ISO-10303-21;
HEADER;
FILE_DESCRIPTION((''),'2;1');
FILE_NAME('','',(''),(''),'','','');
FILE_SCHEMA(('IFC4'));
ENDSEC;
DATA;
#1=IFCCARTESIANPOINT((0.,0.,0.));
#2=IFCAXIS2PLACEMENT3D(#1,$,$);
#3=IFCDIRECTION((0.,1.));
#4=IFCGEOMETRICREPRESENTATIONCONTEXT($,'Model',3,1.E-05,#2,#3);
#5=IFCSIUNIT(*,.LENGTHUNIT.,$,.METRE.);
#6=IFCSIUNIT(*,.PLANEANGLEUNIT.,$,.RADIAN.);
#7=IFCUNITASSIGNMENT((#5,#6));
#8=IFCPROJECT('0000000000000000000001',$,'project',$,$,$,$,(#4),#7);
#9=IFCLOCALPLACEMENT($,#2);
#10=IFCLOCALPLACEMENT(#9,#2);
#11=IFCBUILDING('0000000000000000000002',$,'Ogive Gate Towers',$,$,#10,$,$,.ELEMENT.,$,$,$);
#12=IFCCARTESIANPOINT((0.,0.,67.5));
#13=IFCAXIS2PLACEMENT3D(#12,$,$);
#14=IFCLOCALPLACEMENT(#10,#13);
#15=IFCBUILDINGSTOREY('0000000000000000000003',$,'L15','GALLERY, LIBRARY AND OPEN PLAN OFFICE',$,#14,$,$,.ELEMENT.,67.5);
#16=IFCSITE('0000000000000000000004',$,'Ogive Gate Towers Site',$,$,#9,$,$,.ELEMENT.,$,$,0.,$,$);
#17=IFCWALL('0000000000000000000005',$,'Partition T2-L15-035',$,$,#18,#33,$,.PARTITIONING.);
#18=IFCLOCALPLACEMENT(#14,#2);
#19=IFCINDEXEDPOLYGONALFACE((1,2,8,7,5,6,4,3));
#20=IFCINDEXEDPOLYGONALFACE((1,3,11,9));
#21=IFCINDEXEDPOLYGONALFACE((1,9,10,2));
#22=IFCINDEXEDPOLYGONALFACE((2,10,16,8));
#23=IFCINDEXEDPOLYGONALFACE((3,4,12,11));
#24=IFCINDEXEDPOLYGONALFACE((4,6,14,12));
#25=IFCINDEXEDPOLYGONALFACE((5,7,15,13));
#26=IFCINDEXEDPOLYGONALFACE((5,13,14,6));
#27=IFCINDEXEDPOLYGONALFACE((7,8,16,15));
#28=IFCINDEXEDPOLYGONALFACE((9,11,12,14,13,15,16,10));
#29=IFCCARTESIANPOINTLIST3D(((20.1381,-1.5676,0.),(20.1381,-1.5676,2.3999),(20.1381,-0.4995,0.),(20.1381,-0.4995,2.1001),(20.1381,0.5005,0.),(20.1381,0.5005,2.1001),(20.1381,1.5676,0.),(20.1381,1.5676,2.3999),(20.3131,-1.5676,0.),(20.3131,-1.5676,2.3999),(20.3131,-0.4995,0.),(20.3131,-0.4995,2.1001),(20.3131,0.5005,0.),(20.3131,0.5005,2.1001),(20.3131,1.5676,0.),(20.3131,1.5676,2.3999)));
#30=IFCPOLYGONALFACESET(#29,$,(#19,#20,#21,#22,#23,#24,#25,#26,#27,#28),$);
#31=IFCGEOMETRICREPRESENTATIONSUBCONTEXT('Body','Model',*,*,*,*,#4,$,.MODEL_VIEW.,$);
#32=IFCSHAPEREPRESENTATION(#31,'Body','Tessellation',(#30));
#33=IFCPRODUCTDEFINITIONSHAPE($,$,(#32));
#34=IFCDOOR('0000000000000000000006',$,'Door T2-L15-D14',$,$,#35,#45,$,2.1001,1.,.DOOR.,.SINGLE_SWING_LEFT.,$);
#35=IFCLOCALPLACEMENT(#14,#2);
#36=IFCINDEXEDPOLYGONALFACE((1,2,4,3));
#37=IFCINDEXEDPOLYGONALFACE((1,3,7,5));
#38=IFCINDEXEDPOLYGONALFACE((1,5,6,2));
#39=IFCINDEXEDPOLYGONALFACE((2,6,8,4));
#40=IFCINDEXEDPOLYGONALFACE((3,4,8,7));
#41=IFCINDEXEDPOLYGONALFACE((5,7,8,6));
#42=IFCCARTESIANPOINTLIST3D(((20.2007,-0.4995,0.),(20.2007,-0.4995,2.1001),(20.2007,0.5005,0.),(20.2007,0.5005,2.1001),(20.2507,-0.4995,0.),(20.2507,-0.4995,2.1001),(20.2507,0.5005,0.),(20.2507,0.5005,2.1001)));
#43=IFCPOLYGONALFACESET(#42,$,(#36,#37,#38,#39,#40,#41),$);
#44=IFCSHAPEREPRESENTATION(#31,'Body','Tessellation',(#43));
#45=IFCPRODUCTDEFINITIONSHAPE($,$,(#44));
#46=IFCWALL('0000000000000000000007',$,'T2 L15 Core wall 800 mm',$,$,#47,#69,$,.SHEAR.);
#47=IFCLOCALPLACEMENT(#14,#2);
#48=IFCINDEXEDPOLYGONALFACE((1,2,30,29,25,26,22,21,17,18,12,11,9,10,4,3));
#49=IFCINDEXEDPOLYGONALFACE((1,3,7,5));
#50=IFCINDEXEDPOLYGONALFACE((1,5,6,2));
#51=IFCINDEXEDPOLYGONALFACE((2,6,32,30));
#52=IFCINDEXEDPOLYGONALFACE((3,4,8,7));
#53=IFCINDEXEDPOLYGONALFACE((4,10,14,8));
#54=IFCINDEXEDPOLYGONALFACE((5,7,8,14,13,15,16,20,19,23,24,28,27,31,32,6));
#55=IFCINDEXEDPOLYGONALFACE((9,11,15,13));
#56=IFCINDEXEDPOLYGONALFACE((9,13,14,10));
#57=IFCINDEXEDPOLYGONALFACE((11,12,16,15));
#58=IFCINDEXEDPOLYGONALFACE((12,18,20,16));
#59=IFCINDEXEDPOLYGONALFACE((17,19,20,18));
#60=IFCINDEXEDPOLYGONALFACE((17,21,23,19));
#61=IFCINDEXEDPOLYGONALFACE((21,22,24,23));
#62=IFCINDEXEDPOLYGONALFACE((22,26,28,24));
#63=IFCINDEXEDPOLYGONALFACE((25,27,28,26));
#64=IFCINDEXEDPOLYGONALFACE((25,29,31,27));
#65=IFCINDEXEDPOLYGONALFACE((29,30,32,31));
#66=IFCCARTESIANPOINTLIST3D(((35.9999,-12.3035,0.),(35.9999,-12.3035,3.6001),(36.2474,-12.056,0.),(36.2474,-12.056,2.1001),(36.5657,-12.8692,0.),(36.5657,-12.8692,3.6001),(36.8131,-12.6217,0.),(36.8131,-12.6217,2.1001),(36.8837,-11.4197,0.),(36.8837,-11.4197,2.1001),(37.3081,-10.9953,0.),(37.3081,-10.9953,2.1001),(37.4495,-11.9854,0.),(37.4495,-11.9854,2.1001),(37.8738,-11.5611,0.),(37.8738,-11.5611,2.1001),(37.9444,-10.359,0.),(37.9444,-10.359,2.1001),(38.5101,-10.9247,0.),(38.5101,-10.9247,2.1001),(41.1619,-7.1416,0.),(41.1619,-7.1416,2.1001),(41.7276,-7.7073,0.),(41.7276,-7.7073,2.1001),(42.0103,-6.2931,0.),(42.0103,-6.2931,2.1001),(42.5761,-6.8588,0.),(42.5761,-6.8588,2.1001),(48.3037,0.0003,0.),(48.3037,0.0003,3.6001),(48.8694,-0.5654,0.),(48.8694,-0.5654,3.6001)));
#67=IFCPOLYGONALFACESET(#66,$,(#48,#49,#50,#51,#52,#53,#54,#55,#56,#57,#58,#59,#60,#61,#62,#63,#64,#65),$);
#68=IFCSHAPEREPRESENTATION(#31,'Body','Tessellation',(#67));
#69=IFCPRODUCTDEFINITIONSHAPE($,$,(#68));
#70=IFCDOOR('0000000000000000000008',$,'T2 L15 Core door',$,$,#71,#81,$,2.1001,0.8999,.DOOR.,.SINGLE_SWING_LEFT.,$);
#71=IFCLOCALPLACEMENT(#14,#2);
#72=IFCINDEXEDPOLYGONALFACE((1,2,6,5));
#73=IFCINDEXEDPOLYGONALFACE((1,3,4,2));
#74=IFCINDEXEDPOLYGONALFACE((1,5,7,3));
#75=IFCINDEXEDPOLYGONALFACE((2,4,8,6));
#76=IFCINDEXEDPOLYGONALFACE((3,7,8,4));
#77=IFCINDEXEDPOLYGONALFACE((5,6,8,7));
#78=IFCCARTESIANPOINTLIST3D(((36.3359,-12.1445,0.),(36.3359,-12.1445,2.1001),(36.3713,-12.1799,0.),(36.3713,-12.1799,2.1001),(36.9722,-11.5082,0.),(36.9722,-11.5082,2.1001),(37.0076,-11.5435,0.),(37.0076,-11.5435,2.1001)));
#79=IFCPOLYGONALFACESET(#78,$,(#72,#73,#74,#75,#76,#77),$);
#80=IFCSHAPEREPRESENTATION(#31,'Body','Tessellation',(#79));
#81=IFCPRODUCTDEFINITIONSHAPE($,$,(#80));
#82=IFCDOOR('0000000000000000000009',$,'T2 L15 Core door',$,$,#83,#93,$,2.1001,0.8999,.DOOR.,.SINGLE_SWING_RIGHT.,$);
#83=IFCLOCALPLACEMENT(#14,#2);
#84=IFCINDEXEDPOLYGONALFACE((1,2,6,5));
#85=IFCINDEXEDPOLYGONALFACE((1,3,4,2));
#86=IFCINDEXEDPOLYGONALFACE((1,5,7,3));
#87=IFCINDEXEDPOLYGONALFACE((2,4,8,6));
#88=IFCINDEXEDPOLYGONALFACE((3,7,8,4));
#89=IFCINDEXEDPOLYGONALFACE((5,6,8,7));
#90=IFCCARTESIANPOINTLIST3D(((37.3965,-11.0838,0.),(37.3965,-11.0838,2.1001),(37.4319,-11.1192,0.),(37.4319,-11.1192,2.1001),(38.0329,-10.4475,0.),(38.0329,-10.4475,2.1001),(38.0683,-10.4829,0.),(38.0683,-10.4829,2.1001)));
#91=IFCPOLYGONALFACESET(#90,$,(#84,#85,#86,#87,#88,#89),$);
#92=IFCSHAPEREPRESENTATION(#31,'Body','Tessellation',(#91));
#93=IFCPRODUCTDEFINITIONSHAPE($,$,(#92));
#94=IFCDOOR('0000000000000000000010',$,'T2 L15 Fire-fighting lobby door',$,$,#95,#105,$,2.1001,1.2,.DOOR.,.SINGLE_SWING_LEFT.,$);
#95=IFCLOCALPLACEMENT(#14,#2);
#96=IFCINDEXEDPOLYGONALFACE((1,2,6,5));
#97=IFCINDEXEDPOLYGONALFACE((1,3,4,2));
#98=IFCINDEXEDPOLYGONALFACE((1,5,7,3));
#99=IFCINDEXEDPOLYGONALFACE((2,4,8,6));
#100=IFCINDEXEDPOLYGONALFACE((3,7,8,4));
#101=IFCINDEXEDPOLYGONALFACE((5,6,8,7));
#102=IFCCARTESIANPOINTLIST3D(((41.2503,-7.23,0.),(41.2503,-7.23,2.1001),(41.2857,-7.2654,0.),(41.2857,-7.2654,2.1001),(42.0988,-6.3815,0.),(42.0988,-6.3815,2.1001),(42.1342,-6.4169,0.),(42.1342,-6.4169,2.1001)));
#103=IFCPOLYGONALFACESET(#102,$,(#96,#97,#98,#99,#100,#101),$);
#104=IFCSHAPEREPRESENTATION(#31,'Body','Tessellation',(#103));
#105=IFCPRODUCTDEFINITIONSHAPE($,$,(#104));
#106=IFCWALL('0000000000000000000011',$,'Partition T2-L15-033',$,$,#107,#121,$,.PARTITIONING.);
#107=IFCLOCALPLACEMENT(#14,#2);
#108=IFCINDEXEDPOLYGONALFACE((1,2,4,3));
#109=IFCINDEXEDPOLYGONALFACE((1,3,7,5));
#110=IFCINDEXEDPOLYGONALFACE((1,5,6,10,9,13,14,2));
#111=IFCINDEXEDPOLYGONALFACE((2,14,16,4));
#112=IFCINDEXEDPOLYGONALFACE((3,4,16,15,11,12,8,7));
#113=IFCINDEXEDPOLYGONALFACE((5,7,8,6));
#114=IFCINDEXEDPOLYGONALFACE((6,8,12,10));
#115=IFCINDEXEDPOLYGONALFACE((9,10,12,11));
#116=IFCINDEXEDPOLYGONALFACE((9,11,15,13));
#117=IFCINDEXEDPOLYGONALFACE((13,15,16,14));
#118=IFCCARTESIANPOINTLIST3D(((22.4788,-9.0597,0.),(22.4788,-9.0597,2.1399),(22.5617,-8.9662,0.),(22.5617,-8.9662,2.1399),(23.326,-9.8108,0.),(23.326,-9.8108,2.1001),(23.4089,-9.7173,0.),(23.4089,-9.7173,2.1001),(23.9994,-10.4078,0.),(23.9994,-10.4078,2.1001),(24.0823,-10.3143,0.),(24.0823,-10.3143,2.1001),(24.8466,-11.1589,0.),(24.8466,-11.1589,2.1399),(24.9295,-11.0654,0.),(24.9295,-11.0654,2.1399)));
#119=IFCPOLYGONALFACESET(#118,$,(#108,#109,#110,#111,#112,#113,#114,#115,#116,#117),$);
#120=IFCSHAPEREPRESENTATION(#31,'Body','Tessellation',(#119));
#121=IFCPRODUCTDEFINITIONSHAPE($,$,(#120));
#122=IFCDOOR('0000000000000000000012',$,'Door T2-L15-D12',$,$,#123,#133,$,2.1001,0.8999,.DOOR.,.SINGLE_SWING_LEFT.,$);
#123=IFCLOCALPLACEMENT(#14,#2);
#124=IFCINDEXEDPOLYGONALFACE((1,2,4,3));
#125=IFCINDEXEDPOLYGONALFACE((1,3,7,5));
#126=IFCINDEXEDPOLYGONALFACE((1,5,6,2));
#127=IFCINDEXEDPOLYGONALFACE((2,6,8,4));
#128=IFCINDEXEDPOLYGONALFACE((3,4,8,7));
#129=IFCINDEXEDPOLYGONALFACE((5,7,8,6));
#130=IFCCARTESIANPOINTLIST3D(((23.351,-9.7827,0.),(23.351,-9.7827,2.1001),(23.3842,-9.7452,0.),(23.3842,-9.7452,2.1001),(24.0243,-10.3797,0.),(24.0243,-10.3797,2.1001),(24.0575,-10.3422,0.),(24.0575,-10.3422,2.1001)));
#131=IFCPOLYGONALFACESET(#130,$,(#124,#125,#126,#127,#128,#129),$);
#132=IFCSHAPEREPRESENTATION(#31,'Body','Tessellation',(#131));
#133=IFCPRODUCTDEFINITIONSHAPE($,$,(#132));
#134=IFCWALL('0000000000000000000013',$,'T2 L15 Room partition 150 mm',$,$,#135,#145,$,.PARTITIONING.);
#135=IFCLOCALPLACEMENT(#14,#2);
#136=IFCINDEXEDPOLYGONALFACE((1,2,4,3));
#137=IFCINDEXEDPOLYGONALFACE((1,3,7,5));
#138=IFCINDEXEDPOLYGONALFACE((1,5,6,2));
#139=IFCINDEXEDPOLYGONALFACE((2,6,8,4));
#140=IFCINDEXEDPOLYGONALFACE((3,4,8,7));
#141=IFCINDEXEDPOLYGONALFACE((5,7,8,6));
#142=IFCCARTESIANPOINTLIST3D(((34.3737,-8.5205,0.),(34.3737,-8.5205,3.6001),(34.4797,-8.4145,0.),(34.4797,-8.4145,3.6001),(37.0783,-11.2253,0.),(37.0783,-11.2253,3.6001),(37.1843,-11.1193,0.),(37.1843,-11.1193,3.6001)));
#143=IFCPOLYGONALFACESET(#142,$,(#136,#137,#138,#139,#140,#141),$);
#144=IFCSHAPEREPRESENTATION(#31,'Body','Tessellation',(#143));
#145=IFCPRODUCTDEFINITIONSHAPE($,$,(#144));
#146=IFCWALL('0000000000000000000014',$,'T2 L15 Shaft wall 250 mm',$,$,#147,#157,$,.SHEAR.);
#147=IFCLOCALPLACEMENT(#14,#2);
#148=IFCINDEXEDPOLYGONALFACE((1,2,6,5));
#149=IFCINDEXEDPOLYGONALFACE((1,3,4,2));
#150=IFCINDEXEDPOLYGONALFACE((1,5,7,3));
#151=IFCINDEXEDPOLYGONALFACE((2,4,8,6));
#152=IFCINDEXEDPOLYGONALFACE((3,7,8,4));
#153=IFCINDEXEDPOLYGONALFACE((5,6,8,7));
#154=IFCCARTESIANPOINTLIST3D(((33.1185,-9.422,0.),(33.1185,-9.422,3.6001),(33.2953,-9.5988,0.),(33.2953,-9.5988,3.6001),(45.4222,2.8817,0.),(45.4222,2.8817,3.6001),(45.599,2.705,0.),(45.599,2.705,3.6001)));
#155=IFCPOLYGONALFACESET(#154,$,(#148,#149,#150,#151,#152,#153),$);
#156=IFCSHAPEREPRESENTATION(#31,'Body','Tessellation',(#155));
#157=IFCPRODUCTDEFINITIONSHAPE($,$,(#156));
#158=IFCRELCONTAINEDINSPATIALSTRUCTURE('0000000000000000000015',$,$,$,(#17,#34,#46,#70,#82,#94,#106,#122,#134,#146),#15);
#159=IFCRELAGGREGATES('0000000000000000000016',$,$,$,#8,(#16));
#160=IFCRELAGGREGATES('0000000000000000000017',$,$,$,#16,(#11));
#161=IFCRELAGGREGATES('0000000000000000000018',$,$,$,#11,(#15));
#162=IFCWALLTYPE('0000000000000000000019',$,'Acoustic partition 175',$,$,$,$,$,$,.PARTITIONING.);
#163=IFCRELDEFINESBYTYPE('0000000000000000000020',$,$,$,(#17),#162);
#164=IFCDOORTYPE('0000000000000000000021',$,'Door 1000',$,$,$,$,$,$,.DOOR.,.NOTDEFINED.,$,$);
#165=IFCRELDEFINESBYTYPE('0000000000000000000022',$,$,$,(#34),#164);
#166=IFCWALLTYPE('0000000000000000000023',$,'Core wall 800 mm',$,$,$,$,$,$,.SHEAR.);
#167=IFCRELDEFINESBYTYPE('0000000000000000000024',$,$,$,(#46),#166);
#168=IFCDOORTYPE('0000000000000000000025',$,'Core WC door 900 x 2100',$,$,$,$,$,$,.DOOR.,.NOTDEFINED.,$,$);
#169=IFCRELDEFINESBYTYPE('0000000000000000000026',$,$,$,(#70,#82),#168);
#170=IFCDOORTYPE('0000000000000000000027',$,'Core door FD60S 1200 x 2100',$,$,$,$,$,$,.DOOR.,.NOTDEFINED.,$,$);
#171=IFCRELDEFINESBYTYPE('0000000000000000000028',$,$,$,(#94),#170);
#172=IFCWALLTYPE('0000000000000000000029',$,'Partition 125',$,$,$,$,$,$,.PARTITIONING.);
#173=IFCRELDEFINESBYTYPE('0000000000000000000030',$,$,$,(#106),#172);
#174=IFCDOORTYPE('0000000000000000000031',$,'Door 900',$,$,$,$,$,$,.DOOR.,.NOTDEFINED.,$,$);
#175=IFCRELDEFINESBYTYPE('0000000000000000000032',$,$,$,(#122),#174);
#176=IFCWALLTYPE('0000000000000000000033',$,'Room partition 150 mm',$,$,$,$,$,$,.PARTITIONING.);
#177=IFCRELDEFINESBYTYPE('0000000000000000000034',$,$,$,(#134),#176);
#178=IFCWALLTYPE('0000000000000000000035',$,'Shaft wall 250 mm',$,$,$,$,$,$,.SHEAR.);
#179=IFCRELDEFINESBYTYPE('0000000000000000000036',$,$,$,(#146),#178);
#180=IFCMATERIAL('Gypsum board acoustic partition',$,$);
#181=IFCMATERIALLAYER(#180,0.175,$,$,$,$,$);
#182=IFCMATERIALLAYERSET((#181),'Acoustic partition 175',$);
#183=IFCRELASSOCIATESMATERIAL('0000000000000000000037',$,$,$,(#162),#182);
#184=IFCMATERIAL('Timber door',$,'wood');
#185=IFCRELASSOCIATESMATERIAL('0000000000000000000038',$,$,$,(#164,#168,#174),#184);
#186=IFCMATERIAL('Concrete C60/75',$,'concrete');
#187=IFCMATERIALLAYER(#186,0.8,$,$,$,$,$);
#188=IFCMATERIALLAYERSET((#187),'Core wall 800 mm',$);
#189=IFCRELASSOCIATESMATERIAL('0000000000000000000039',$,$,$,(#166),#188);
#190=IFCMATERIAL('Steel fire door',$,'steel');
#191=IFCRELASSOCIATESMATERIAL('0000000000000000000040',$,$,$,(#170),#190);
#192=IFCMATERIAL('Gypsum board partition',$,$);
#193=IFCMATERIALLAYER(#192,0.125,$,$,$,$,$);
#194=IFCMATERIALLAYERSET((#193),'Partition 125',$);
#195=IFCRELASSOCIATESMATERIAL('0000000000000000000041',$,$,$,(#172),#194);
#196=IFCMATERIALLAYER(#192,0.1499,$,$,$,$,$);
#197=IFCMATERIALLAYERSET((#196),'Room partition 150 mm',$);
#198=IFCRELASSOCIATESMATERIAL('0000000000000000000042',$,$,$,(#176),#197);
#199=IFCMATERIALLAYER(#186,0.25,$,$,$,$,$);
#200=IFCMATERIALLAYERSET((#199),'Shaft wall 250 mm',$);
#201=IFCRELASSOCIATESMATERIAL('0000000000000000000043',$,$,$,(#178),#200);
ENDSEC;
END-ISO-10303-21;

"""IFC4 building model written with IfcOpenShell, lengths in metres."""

from ifc_helpers import new_model, si_unit, direction, frame, frame_2d, origin, place, context, subcontext, project, spatial, rectangle, extrude, material, layer, layer_set, type_object, element, fill, save


model = new_model("IFC4")

# Units and contexts
model_context = context("Model", 3, precision=1e-05, world=origin(), true_north=direction((0.0, 1.0)))
body_context = subcontext(model_context, "Body", "Model", "MODEL_VIEW")
ifc_project = project(units=[si_unit("LENGTHUNIT", "METRE"), si_unit("PLANEANGLEUNIT", "RADIAN")], contexts=[model_context])

# Site, building, storey
site_placement = place(None, origin())
site = spatial("IfcSite", under=ifc_project, at=site_placement, Name="Ogive Gate Towers Site", CompositionType="ELEMENT", RefElevation=0.0)
building_placement = place(site_placement, origin())
building = spatial("IfcBuilding", under=site, at=building_placement, Name="Ogive Gate Towers", CompositionType="ELEMENT")
storey_placement = place(building_placement, frame((0.0, 0.0, 67.5)))
storey = spatial("IfcBuildingStorey", under=building, at=storey_placement, Name="L15", Description="GALLERY, LIBRARY AND OPEN PLAN OFFICE", CompositionType="ELEMENT", Elevation=67.5)

# Wall, opening, door
ifc_material_1 = material(Name="Gypsum board acoustic partition")
ifc_layer_1 = layer(ifc_material_1, 0.175)
ifc_layer_set_1 = layer_set([ifc_layer_1], Name="Acoustic partition 175")
wall_type_1 = type_object("IfcWallType", Name="Acoustic partition 175", PredefinedType="PARTITIONING", material=ifc_layer_set_1)
ifc_material_2 = material(Name="Timber door", Category="wood")
wall_1_placement = place(storey_placement, frame((20.2256, -1.5676, 0.0), z_axis=(0.0, 0.0, 1.0), x_axis=(0.0, 1.0, 0.0)))
wall_1 = element("IfcWall", 1, at=wall_1_placement, inside=storey, type_object=wall_type_1, Name="Partition T2-L15-035", PredefinedType="PARTITIONING", context=body_context, shape_type="SweptSolid", body=[
    extrude(rectangle(XDim=3.1353, YDim=0.175, at=frame_2d((1.5676, 0.0))), origin(), (0.0, 0.0, 1.0), 2.3999),
])
opening_1_placement = place(wall_1_placement, frame((1.0681, 0.0, 0.0)))
opening_1 = element("IfcOpeningElement", 2, at=opening_1_placement, cuts=wall_1, PredefinedType="OPENING", context=body_context, shape_type="SweptSolid", body=[
    extrude(rectangle(XDim=1.0, YDim=2.1001, at=frame_2d((0.5, 1.05))), frame((0.0, 0.0977, 0.0), z_axis=(0.0, -1.0, 0.0), x_axis=(1.0, 0.0, 0.0)), (0.0, 0.0, 1.0), 0.1951),
])
door_type_1 = type_object("IfcDoorType", Name="Door 1000", OperationType="NOTDEFINED", PredefinedType="DOOR", material=ifc_material_2)
door_1_placement = place(opening_1_placement, origin())
door_1 = element("IfcDoor", 3, at=door_1_placement, inside=storey, type_object=door_type_1, Name="Door T2-L15-D14", OperationType="SINGLE_SWING_LEFT", OverallHeight=2.1001, OverallWidth=1.0, PredefinedType="DOOR", context=body_context, shape_type="SweptSolid", body=[
    extrude(rectangle(XDim=1.0, YDim=2.1001, at=frame_2d((0.5, 1.05))), frame((0.0, 0.0249, 0.0), z_axis=(0.0, -1.0, 0.0), x_axis=(1.0, 0.0, 0.0)), (0.0, 0.0, 1.0), 0.05),
])
fill(opening_1, door_1)

# Wall, openings, doors
ifc_material_3 = material(Name="Concrete C60/75", Category="concrete")
ifc_layer_2 = layer(ifc_material_3, 0.8)
ifc_layer_set_2 = layer_set([ifc_layer_2], Name="Core wall 800 mm")
wall_type_2 = type_object("IfcWallType", Name="Core wall 800 mm", PredefinedType="SHEAR", material=ifc_layer_set_2)
wall_2_placement = place(storey_placement, frame((36.2827, -12.5864, 0.0), z_axis=(0.0, 0.0, 1.0), x_axis=(0.707107, 0.707107, 0.0)))
wall_2 = element("IfcWall", 4, at=wall_2_placement, inside=storey, type_object=wall_type_2, Name="T2 L15 Core wall 800 mm", PredefinedType="SHEAR", context=body_context, shape_type="SweptSolid", body=[
    extrude(rectangle(XDim=17.4001, YDim=0.8, at=frame_2d((8.7002, 0.0))), origin(), (0.0, 0.0, 1.0), 3.6001),
])
opening_2_placement = place(wall_2_placement, frame((7.3, 0.0, 0.0)))
opening_2 = element("IfcOpeningElement", 5, at=opening_2_placement, cuts=wall_2, PredefinedType="OPENING", context=body_context, shape_type="SweptSolid", body=[
    extrude(rectangle(XDim=1.2, YDim=2.1001, at=frame_2d((0.6001, 1.05))), frame((0.0, 0.4102, 0.0), z_axis=(0.0, -1.0, 0.0), x_axis=(1.0, 0.0, 0.0)), (0.0, 0.0, 1.0), 0.8201),
])
opening_3_placement = place(wall_2_placement, frame((0.3501, 0.0, 0.0)))
opening_3 = element("IfcOpeningElement", 6, at=opening_3_placement, cuts=wall_2, PredefinedType="OPENING", context=body_context, shape_type="SweptSolid", body=[
    extrude(rectangle(XDim=0.8999, YDim=2.1001, at=frame_2d((0.45, 1.05))), frame((0.0, 0.4102, 0.0), z_axis=(0.0, -1.0, 0.0), x_axis=(1.0, 0.0, 0.0)), (0.0, 0.0, 1.0), 0.8201),
])
opening_4_placement = place(wall_2_placement, frame((1.8501, 0.0, 0.0)))
opening_4 = element("IfcOpeningElement", 7, at=opening_4_placement, cuts=wall_2, PredefinedType="OPENING", context=body_context, shape_type="SweptSolid", body=[
    extrude(rectangle(XDim=0.8999, YDim=2.1001, at=frame_2d((0.45, 1.05))), frame((0.0, 0.4102, 0.0), z_axis=(0.0, -1.0, 0.0), x_axis=(1.0, 0.0, 0.0)), (0.0, 0.0, 1.0), 0.8201),
])
door_type_2 = type_object("IfcDoorType", Name="Core WC door 900 x 2100", OperationType="NOTDEFINED", PredefinedType="DOOR", material=ifc_material_2)
door_2_placement = place(opening_3_placement, origin())
door_2 = element("IfcDoor", 8, at=door_2_placement, inside=storey, type_object=door_type_2, Name="T2 L15 Core door", OperationType="SINGLE_SWING_LEFT", OverallHeight=2.1001, OverallWidth=0.8999, PredefinedType="DOOR", context=body_context, shape_type="SweptSolid", body=[
    extrude(rectangle(XDim=0.8999, YDim=2.1001, at=frame_2d((0.45, 1.05))), frame((0.0, 0.2749, 0.0), z_axis=(0.0, -1.0, 0.0), x_axis=(1.0, 0.0, 0.0)), (0.0, 0.0, 1.0), 0.05),
])
fill(opening_3, door_2)
door_3_placement = place(opening_4_placement, origin())
door_3 = element("IfcDoor", 9, at=door_3_placement, inside=storey, type_object=door_type_2, Name="T2 L15 Core door", OperationType="SINGLE_SWING_RIGHT", OverallHeight=2.1001, OverallWidth=0.8999, PredefinedType="DOOR", context=body_context, shape_type="SweptSolid", body=[
    extrude(rectangle(XDim=0.8999, YDim=2.1001, at=frame_2d((0.45, 1.05))), frame((0.0, 0.2749, 0.0), z_axis=(0.0, -1.0, 0.0), x_axis=(1.0, 0.0, 0.0)), (0.0, 0.0, 1.0), 0.05),
])
fill(opening_4, door_3)
ifc_material_4 = material(Name="Steel fire door", Category="steel")
door_type_3 = type_object("IfcDoorType", Name="Core door FD60S 1200 x 2100", OperationType="NOTDEFINED", PredefinedType="DOOR", material=ifc_material_4)
door_4_placement = place(opening_2_placement, origin())
door_4 = element("IfcDoor", 10, at=door_4_placement, inside=storey, type_object=door_type_3, Name="T2 L15 Fire-fighting lobby door", OperationType="SINGLE_SWING_LEFT", OverallHeight=2.1001, OverallWidth=1.2, PredefinedType="DOOR", context=body_context, shape_type="SweptSolid", body=[
    extrude(rectangle(XDim=1.2, YDim=2.1001, at=frame_2d((0.6001, 1.05))), frame((0.0, 0.2749, 0.0), z_axis=(0.0, -1.0, 0.0), x_axis=(1.0, 0.0, 0.0)), (0.0, 0.0, 1.0), 0.05),
])
fill(opening_2, door_4)

# Wall, opening, door
ifc_material_5 = material(Name="Gypsum board partition")
ifc_layer_3 = layer(ifc_material_5, 0.125)
ifc_layer_set_3 = layer_set([ifc_layer_3], Name="Partition 125")
wall_type_3 = type_object("IfcWallType", Name="Partition 125", PredefinedType="PARTITIONING", material=ifc_layer_set_3)
wall_3_placement = place(storey_placement, frame((24.8879, -11.1121, 0.0), z_axis=(0.0, 0.0, 1.0), x_axis=(-0.748269, 0.663396, 0.0)))
wall_3 = element("IfcWall", 11, at=wall_3_placement, inside=storey, type_object=wall_type_3, Name="Partition T2-L15-033", PredefinedType="PARTITIONING", context=body_context, shape_type="SweptSolid", body=[
    extrude(rectangle(XDim=3.1643, YDim=0.125, at=frame_2d((1.582, 0.0))), origin(), (0.0, 0.0, 1.0), 2.1399),
])
opening_5_placement = place(wall_3_placement, frame((1.1321, 0.0, 0.0)))
opening_5 = element("IfcOpeningElement", 12, at=opening_5_placement, cuts=wall_3, PredefinedType="OPENING", context=body_context, shape_type="SweptSolid", body=[
    extrude(rectangle(XDim=0.8999, YDim=2.1001, at=frame_2d((0.45, 1.05))), frame((0.0, 0.0725, 0.0), z_axis=(0.0, -1.0, 0.0), x_axis=(1.0, 0.0, 0.0)), (0.0, 0.0, 1.0), 0.145),
])
door_type_4 = type_object("IfcDoorType", Name="Door 900", OperationType="NOTDEFINED", PredefinedType="DOOR", material=ifc_material_2)
door_5_placement = place(opening_5_placement, origin())
door_5 = element("IfcDoor", 13, at=door_5_placement, inside=storey, type_object=door_type_4, Name="Door T2-L15-D12", OperationType="SINGLE_SWING_LEFT", OverallHeight=2.1001, OverallWidth=0.8999, PredefinedType="DOOR", context=body_context, shape_type="SweptSolid", body=[
    extrude(rectangle(XDim=0.8999, YDim=2.1001, at=frame_2d((0.45, 1.05))), frame((0.0, 0.0249, 0.0), z_axis=(0.0, -1.0, 0.0), x_axis=(1.0, 0.0, 0.0)), (0.0, 0.0, 1.0), 0.05),
])
fill(opening_5, door_5)

# Walls
ifc_layer_4 = layer(ifc_material_5, 0.1499)
ifc_layer_set_4 = layer_set([ifc_layer_4], Name="Room partition 150 mm")
wall_type_4 = type_object("IfcWallType", Name="Room partition 150 mm", PredefinedType="PARTITIONING", material=ifc_layer_set_4)
wall_4_placement = place(storey_placement, frame((37.1313, -11.1724, 0.0), z_axis=(0.0, 0.0, 1.0), x_axis=(-0.707075, 0.707139, 0.0)))
element("IfcWall", 14, at=wall_4_placement, inside=storey, type_object=wall_type_4, Name="T2 L15 Room partition 150 mm", PredefinedType="PARTITIONING", context=body_context, shape_type="SweptSolid", body=[
    extrude(rectangle(XDim=3.825, YDim=0.1499, at=frame_2d((1.9126, 0.0))), origin(), (0.0, 0.0, 1.0), 3.6001),
])
ifc_layer_5 = layer(ifc_material_3, 0.25)
ifc_layer_set_5 = layer_set([ifc_layer_5], Name="Shaft wall 250 mm")
wall_type_5 = type_object("IfcWallType", Name="Shaft wall 250 mm", PredefinedType="SHEAR", material=ifc_layer_set_5)
for number, where, z_axis, x_axis, name in (
    (15, (33.2068, -9.5105, 0.0), (0.0, 0.0, 1.0), (0.707107, 0.707107, 0.0), "T2 L15 Shaft wall 250 mm"),
):
    element("IfcWall", number, at=place(storey_placement, frame(where, z_axis=z_axis, x_axis=x_axis)), inside=storey, type_object=wall_type_5, Name=name, PredefinedType="SHEAR", context=body_context, shape_type="SweptSolid", body=[
        extrude(rectangle(XDim=17.4001, YDim=0.25, at=frame_2d((8.7002, 0.0))), origin(), (0.0, 0.0, 1.0), 3.6001),
    ])

save(model, "model.ifc")
